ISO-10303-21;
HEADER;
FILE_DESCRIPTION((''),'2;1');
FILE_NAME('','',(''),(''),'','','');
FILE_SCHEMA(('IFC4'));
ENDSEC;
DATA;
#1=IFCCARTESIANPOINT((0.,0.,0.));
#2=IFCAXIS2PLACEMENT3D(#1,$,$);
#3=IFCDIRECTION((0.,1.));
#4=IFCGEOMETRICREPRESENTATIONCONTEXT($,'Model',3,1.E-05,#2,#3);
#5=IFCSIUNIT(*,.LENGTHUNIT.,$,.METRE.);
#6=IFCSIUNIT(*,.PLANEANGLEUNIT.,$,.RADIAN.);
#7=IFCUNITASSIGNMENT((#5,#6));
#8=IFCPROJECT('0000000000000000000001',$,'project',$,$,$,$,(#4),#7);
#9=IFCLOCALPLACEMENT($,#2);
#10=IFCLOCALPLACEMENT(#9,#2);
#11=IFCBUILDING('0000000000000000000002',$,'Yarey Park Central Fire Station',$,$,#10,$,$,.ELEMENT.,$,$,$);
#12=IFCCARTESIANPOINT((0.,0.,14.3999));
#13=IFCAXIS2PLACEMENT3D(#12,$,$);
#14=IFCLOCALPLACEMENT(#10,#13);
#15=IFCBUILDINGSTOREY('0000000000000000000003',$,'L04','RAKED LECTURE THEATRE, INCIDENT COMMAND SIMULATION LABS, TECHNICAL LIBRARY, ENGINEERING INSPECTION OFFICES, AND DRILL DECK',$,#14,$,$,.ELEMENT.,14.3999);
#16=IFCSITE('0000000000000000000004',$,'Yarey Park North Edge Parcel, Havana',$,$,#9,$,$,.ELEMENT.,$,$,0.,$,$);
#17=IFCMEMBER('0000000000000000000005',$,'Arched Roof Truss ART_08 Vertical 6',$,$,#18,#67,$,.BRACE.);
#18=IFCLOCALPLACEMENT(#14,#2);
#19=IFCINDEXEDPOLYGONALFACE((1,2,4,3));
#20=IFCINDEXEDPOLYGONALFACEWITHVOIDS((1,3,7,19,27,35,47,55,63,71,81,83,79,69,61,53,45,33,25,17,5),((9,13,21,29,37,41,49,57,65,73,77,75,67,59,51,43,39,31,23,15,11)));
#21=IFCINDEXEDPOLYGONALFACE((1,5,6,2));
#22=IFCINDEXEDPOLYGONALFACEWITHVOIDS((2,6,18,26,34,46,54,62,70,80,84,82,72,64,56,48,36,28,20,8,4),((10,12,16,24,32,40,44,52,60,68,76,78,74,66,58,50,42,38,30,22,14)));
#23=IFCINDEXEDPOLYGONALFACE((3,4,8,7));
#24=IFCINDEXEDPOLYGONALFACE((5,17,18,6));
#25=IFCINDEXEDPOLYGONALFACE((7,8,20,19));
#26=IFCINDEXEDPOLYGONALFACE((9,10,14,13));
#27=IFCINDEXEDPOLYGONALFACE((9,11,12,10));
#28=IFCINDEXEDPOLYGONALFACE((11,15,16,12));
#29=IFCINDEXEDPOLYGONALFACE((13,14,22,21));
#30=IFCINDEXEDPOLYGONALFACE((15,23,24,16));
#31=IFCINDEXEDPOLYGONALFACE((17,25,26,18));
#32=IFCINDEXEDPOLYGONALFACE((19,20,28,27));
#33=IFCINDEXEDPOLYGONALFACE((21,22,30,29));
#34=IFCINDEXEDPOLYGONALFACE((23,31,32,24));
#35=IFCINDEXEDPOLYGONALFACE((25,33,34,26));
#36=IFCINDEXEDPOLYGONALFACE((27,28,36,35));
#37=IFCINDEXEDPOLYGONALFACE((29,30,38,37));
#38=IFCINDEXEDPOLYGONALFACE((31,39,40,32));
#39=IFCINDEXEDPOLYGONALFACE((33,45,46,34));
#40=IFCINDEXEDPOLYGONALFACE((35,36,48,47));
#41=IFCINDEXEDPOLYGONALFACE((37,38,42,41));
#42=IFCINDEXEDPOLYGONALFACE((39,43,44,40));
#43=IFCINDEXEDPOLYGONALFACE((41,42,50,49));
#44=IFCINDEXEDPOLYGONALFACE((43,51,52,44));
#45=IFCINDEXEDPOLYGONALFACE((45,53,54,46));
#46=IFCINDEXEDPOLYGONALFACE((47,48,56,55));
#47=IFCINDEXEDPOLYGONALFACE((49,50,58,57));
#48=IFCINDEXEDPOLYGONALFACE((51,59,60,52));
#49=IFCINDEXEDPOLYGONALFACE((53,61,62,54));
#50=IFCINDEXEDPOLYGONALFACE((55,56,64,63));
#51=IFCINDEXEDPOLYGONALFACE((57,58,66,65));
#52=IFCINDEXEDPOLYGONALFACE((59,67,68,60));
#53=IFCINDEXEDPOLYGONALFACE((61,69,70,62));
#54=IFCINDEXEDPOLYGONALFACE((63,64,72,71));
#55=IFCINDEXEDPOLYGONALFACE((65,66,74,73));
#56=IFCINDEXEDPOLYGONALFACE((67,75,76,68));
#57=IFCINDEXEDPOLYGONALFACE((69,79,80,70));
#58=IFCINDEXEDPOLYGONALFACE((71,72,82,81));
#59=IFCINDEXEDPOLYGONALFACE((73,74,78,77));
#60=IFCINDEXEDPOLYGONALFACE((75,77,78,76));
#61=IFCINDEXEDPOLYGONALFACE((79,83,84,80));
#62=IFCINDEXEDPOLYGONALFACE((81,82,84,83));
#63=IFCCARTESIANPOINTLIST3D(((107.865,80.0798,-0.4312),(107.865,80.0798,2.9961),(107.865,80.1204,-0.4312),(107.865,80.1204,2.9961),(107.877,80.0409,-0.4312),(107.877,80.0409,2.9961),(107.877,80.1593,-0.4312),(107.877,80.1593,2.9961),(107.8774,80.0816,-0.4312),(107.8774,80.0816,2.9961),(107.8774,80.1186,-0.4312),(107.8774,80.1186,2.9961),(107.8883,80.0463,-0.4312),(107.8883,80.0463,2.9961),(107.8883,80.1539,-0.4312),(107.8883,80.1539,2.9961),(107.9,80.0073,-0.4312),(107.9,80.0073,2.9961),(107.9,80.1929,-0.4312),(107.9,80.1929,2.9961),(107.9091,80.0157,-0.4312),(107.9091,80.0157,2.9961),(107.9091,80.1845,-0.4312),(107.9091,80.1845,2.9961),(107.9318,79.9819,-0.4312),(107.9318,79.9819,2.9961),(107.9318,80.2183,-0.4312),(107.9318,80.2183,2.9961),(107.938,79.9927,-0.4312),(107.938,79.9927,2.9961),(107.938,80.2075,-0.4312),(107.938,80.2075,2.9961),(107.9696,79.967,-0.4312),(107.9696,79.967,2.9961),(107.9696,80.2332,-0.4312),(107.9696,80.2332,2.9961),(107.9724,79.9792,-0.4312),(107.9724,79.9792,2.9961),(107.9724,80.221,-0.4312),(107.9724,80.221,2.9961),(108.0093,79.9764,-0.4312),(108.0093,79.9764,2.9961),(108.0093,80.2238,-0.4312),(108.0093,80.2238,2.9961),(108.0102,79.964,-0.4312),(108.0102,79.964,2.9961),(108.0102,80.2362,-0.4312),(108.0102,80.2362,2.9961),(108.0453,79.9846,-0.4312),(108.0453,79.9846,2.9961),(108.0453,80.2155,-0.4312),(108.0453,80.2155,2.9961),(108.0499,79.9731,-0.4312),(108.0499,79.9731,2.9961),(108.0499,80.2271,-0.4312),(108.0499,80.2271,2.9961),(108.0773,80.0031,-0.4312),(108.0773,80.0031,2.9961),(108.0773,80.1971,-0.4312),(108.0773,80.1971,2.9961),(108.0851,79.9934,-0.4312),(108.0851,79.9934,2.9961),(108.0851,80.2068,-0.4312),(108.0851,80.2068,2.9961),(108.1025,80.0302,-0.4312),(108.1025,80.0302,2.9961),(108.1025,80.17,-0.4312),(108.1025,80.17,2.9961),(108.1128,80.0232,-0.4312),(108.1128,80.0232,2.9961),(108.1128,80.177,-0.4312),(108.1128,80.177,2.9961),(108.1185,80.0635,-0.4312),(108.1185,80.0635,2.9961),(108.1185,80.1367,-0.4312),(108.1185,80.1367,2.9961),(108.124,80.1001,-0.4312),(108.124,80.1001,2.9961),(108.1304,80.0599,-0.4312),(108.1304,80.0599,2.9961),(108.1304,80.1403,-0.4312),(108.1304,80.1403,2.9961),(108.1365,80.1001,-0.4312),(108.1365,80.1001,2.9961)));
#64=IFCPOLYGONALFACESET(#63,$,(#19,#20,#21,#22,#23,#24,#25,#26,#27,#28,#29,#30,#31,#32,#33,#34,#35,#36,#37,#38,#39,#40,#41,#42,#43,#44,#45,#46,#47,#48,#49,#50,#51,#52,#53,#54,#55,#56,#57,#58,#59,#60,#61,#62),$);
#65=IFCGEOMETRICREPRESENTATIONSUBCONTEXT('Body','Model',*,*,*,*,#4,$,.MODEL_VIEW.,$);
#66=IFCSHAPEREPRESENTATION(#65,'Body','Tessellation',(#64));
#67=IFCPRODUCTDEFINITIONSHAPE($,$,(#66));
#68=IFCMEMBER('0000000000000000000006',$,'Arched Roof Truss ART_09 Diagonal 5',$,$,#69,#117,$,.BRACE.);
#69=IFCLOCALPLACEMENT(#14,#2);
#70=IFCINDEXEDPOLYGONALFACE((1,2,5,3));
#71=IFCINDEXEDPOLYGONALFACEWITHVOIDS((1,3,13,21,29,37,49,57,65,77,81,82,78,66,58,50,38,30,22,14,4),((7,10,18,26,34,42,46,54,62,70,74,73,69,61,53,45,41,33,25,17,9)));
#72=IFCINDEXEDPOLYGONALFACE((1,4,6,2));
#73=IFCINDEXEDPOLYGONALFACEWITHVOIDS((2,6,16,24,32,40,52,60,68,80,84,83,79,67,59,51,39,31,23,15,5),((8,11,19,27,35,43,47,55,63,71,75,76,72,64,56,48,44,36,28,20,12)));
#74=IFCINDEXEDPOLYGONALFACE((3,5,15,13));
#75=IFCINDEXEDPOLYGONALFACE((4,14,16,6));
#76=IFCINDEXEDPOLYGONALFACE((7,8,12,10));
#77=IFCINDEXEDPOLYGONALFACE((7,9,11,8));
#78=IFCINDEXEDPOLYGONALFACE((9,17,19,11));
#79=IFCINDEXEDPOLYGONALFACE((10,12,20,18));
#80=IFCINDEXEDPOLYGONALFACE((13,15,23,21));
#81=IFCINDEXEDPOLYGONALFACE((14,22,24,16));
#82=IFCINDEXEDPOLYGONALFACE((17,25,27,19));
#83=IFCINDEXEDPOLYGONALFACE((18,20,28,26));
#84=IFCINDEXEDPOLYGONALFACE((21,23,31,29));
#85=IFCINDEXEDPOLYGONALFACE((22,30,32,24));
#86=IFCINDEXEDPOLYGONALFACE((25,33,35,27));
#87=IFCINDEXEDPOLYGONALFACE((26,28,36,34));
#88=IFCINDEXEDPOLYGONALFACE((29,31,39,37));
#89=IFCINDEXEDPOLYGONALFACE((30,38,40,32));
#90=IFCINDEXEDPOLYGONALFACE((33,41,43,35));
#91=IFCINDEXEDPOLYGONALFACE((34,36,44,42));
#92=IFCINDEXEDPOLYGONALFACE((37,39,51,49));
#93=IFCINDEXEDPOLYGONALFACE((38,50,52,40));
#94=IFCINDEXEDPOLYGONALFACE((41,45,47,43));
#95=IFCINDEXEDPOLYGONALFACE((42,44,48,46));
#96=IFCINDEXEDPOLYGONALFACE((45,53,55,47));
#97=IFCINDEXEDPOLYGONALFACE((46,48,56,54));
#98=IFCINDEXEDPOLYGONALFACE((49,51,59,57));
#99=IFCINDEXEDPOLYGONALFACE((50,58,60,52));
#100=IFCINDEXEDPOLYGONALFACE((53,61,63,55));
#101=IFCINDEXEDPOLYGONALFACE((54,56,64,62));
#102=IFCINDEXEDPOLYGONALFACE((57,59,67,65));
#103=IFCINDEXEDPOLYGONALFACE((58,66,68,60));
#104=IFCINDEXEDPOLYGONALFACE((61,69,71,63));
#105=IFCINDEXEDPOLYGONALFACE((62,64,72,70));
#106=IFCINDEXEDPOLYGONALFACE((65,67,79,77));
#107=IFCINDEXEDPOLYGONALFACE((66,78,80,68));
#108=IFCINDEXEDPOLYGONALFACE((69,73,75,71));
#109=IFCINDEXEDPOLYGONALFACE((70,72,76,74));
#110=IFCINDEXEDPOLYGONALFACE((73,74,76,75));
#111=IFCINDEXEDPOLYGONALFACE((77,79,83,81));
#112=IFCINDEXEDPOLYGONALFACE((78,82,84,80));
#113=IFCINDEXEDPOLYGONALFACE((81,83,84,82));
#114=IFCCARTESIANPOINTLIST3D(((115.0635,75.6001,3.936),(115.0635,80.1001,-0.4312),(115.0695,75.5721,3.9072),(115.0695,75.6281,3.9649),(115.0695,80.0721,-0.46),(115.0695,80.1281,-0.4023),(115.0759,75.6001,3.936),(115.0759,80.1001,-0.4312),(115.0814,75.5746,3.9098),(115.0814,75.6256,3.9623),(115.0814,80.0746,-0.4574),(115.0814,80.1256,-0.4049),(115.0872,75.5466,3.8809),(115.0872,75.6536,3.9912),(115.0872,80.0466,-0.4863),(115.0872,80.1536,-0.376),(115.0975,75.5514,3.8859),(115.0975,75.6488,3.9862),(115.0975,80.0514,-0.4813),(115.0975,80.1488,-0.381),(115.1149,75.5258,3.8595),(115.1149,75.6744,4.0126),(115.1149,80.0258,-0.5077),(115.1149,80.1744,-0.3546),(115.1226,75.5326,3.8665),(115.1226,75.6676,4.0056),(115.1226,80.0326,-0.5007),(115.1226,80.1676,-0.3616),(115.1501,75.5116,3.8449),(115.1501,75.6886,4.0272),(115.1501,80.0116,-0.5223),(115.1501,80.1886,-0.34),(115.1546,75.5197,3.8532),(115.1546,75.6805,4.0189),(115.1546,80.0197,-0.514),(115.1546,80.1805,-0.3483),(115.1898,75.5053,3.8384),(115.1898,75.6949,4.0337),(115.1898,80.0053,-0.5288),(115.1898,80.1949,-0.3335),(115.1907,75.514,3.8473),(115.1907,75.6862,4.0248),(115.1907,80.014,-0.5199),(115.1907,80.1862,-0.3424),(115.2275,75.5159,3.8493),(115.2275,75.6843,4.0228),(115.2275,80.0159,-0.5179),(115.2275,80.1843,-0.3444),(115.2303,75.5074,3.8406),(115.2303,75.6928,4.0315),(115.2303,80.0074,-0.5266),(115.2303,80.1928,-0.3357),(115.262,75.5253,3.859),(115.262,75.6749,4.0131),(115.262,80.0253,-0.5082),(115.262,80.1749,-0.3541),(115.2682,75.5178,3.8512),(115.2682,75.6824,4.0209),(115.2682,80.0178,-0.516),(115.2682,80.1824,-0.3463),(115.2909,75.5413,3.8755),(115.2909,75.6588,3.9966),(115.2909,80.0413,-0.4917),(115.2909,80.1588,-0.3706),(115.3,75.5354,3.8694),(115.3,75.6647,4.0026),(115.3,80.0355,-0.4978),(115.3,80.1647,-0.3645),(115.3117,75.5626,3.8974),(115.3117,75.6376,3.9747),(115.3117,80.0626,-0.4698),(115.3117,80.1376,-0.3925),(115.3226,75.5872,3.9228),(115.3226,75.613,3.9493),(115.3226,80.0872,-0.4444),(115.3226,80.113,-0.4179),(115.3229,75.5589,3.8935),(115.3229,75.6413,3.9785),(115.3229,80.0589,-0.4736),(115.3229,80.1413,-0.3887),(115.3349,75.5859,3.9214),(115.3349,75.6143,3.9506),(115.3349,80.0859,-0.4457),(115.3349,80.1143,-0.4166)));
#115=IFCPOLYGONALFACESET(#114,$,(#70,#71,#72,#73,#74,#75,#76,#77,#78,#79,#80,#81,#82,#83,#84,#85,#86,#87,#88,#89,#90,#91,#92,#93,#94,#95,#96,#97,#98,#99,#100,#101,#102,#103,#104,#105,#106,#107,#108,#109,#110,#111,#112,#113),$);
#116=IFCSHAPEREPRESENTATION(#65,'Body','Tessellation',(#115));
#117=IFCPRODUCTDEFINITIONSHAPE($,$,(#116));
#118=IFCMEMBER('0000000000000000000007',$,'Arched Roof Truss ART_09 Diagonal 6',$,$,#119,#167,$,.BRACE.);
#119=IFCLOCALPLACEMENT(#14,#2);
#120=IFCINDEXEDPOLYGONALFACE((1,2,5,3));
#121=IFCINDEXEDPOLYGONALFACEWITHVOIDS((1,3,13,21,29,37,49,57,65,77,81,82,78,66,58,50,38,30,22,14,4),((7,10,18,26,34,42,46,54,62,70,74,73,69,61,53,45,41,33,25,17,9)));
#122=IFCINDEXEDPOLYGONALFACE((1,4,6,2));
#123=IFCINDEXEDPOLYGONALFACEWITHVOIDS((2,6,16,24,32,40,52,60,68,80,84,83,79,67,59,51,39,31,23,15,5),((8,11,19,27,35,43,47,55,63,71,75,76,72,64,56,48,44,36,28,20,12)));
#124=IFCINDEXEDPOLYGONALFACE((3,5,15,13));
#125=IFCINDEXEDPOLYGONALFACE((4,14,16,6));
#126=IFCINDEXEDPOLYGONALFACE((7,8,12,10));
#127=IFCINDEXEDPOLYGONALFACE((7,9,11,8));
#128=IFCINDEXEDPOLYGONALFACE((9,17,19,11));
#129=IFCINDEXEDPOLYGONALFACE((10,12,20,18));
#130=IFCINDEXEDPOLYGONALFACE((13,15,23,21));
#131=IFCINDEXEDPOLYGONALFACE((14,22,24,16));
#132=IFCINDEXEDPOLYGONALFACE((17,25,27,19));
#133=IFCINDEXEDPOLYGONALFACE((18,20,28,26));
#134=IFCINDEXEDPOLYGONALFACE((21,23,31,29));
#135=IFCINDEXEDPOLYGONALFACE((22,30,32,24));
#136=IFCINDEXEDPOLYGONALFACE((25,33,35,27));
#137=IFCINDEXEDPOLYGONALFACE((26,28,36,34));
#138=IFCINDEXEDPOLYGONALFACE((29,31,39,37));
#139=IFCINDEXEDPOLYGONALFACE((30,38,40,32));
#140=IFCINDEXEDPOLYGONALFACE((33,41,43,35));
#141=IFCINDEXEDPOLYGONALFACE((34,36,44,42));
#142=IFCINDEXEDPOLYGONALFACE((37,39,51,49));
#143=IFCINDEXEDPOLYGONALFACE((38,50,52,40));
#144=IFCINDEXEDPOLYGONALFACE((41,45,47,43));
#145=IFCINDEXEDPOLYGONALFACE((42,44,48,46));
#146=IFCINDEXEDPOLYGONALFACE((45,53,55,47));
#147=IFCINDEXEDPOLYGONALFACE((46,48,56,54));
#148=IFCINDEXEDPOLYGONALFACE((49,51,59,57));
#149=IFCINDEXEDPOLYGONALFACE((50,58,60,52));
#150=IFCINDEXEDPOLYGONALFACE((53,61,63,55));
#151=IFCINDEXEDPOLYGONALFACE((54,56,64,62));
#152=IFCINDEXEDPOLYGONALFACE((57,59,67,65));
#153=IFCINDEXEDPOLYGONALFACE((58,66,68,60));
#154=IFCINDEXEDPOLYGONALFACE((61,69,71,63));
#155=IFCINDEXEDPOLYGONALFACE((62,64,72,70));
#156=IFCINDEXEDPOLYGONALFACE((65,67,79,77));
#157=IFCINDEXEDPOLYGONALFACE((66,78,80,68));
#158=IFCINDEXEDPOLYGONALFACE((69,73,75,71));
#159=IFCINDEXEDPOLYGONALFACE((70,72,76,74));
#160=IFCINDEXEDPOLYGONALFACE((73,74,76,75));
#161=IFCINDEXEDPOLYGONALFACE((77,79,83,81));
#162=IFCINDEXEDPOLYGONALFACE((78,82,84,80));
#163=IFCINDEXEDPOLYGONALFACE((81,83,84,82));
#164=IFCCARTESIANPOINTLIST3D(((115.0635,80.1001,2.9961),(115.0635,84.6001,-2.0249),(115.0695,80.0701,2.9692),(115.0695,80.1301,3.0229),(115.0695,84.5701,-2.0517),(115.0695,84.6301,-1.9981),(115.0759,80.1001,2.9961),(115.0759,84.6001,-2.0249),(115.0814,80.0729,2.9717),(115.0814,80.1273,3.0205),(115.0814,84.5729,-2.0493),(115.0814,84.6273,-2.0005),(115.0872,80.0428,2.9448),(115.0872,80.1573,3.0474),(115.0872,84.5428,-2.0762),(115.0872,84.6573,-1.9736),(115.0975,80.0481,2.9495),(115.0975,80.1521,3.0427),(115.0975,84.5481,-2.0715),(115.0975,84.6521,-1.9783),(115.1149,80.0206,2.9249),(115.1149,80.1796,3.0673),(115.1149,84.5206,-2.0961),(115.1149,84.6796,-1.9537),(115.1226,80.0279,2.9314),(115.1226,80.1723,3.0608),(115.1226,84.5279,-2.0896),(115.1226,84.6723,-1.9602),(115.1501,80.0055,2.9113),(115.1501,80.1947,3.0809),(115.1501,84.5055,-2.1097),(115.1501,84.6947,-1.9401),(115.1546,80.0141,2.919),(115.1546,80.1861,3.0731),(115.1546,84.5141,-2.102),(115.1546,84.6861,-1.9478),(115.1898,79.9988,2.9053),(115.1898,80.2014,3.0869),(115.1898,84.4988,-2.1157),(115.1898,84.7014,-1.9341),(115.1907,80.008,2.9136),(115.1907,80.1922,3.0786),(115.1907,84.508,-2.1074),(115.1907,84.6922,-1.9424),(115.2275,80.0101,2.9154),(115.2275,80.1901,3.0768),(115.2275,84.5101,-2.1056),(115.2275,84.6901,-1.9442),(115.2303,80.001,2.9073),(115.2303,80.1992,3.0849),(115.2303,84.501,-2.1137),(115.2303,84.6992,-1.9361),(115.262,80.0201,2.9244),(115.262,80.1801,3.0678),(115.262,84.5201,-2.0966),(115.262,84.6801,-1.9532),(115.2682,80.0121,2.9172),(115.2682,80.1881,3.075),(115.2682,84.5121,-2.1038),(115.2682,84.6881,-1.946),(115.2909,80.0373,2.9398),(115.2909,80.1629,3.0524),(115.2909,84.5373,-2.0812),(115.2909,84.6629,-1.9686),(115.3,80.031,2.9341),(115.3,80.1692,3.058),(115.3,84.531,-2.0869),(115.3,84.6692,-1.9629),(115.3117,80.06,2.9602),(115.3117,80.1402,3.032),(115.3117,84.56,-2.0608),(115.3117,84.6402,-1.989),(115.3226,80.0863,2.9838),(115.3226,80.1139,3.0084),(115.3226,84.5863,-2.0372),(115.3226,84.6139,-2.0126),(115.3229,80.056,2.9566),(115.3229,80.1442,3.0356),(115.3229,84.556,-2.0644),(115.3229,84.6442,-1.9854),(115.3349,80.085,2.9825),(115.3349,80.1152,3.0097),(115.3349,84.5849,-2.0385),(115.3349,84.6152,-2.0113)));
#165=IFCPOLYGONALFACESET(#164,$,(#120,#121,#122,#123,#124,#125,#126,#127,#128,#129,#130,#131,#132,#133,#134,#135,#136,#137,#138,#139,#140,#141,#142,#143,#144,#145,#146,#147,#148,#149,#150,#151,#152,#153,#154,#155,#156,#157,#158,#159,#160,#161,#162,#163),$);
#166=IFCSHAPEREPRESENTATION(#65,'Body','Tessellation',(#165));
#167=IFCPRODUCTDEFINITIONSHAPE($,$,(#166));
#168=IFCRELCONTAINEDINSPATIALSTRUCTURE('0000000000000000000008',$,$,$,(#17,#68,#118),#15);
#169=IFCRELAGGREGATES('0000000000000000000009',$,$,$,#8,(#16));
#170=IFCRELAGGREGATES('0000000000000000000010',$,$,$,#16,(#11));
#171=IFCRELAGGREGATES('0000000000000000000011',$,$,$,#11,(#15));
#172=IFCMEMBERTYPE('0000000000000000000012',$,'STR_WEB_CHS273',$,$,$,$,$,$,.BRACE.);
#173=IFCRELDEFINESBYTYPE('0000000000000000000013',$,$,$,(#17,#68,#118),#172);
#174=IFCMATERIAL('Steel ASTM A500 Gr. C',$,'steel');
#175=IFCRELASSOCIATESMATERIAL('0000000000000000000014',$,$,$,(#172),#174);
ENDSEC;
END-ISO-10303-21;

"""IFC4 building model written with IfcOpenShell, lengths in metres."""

from ifc_helpers import new_model, si_unit, direction, frame, origin, origin_2d, place, context, subcontext, project, spatial, hollow_circle, extrude, material, material_profile, profile_set, type_object, element, save


model = new_model("IFC4")

# Units and contexts
model_context = context("Model", 3, precision=1e-05, world=origin(), true_north=direction((0.0, 1.0)))
body_context = subcontext(model_context, "Body", "Model", "MODEL_VIEW")
ifc_project = project(units=[si_unit("LENGTHUNIT", "METRE"), si_unit("PLANEANGLEUNIT", "RADIAN")], contexts=[model_context])

# Site, building, storey
site_placement = place(None, origin())
site = spatial("IfcSite", under=ifc_project, at=site_placement, Name="Yarey Park North Edge Parcel, Havana", CompositionType="ELEMENT", RefElevation=0.0)
building_placement = place(site_placement, origin())
building = spatial("IfcBuilding", under=site, at=building_placement, Name="Yarey Park Central Fire Station", CompositionType="ELEMENT")
storey_placement = place(building_placement, frame((0.0, 0.0, 14.3999)))
storey = spatial("IfcBuildingStorey", under=building, at=storey_placement, Name="L04", Description="RAKED LECTURE THEATRE, INCIDENT COMMAND SIMULATION LABS, TECHNICAL LIBRARY, ENGINEERING INSPECTION OFFICES, AND DRILL DECK", CompositionType="ELEMENT", Elevation=14.3999)

# Members
ifc_material_1 = material(Name="Steel ASTM A500 Gr. C", Category="steel")
ifc_material_profile_1 = material_profile(ifc_material_1, hollow_circle(Radius=0.1365, WallThickness=0.0125, at=origin_2d()), Name="CHS 273x12.5")
ifc_profile_set_1 = profile_set([ifc_material_profile_1], Name="Steel ASTM A500 Gr. C")
member_type_1 = type_object("IfcMemberType", Name="STR_WEB_CHS273", PredefinedType="BRACE", material=ifc_profile_set_1)
member_1_placement = place(storey_placement, frame((108.0, 80.1001, -0.4312), z_axis=(0.0, 0.0, 1.0), x_axis=(1.0, 0.0, 0.0)))
element("IfcMember", 1, at=member_1_placement, inside=storey, type_object=member_type_1, Name="Arched Roof Truss ART_08 Vertical 6", PredefinedType="BRACE", context=body_context, shape_type="SweptSolid", body=[
    extrude(hollow_circle(Radius=0.1365, WallThickness=0.0125, at=origin_2d()), origin(), (0.0, 0.0, 1.0), 3.4272),
])
member_2_placement = place(storey_placement, frame((115.2, 75.6001, 3.936), z_axis=(0.0, 0.717617, -0.696438), x_axis=(-1.0, 0.0, 0.0)))
element("IfcMember", 2, at=member_2_placement, inside=storey, type_object=member_type_1, Name="Arched Roof Truss ART_09 Diagonal 5", PredefinedType="BRACE", context=body_context, shape_type="SweptSolid", body=[
    extrude(hollow_circle(Radius=0.1365, WallThickness=0.0125, at=origin_2d()), origin(), (0.0, 0.0, 1.0), 6.2708),
])
member_3_placement = place(storey_placement, frame((115.2, 80.1001, 2.9961), z_axis=(0.0, 0.667415, -0.744686), x_axis=(-1.0, 0.0, 0.0)))
element("IfcMember", 3, at=member_3_placement, inside=storey, type_object=member_type_1, Name="Arched Roof Truss ART_09 Diagonal 6", PredefinedType="BRACE", context=body_context, shape_type="SweptSolid", body=[
    extrude(hollow_circle(Radius=0.1365, WallThickness=0.0125, at=origin_2d()), origin(), (0.0, 0.0, 1.0), 6.7424),
])

save(model, "model.ifc")
